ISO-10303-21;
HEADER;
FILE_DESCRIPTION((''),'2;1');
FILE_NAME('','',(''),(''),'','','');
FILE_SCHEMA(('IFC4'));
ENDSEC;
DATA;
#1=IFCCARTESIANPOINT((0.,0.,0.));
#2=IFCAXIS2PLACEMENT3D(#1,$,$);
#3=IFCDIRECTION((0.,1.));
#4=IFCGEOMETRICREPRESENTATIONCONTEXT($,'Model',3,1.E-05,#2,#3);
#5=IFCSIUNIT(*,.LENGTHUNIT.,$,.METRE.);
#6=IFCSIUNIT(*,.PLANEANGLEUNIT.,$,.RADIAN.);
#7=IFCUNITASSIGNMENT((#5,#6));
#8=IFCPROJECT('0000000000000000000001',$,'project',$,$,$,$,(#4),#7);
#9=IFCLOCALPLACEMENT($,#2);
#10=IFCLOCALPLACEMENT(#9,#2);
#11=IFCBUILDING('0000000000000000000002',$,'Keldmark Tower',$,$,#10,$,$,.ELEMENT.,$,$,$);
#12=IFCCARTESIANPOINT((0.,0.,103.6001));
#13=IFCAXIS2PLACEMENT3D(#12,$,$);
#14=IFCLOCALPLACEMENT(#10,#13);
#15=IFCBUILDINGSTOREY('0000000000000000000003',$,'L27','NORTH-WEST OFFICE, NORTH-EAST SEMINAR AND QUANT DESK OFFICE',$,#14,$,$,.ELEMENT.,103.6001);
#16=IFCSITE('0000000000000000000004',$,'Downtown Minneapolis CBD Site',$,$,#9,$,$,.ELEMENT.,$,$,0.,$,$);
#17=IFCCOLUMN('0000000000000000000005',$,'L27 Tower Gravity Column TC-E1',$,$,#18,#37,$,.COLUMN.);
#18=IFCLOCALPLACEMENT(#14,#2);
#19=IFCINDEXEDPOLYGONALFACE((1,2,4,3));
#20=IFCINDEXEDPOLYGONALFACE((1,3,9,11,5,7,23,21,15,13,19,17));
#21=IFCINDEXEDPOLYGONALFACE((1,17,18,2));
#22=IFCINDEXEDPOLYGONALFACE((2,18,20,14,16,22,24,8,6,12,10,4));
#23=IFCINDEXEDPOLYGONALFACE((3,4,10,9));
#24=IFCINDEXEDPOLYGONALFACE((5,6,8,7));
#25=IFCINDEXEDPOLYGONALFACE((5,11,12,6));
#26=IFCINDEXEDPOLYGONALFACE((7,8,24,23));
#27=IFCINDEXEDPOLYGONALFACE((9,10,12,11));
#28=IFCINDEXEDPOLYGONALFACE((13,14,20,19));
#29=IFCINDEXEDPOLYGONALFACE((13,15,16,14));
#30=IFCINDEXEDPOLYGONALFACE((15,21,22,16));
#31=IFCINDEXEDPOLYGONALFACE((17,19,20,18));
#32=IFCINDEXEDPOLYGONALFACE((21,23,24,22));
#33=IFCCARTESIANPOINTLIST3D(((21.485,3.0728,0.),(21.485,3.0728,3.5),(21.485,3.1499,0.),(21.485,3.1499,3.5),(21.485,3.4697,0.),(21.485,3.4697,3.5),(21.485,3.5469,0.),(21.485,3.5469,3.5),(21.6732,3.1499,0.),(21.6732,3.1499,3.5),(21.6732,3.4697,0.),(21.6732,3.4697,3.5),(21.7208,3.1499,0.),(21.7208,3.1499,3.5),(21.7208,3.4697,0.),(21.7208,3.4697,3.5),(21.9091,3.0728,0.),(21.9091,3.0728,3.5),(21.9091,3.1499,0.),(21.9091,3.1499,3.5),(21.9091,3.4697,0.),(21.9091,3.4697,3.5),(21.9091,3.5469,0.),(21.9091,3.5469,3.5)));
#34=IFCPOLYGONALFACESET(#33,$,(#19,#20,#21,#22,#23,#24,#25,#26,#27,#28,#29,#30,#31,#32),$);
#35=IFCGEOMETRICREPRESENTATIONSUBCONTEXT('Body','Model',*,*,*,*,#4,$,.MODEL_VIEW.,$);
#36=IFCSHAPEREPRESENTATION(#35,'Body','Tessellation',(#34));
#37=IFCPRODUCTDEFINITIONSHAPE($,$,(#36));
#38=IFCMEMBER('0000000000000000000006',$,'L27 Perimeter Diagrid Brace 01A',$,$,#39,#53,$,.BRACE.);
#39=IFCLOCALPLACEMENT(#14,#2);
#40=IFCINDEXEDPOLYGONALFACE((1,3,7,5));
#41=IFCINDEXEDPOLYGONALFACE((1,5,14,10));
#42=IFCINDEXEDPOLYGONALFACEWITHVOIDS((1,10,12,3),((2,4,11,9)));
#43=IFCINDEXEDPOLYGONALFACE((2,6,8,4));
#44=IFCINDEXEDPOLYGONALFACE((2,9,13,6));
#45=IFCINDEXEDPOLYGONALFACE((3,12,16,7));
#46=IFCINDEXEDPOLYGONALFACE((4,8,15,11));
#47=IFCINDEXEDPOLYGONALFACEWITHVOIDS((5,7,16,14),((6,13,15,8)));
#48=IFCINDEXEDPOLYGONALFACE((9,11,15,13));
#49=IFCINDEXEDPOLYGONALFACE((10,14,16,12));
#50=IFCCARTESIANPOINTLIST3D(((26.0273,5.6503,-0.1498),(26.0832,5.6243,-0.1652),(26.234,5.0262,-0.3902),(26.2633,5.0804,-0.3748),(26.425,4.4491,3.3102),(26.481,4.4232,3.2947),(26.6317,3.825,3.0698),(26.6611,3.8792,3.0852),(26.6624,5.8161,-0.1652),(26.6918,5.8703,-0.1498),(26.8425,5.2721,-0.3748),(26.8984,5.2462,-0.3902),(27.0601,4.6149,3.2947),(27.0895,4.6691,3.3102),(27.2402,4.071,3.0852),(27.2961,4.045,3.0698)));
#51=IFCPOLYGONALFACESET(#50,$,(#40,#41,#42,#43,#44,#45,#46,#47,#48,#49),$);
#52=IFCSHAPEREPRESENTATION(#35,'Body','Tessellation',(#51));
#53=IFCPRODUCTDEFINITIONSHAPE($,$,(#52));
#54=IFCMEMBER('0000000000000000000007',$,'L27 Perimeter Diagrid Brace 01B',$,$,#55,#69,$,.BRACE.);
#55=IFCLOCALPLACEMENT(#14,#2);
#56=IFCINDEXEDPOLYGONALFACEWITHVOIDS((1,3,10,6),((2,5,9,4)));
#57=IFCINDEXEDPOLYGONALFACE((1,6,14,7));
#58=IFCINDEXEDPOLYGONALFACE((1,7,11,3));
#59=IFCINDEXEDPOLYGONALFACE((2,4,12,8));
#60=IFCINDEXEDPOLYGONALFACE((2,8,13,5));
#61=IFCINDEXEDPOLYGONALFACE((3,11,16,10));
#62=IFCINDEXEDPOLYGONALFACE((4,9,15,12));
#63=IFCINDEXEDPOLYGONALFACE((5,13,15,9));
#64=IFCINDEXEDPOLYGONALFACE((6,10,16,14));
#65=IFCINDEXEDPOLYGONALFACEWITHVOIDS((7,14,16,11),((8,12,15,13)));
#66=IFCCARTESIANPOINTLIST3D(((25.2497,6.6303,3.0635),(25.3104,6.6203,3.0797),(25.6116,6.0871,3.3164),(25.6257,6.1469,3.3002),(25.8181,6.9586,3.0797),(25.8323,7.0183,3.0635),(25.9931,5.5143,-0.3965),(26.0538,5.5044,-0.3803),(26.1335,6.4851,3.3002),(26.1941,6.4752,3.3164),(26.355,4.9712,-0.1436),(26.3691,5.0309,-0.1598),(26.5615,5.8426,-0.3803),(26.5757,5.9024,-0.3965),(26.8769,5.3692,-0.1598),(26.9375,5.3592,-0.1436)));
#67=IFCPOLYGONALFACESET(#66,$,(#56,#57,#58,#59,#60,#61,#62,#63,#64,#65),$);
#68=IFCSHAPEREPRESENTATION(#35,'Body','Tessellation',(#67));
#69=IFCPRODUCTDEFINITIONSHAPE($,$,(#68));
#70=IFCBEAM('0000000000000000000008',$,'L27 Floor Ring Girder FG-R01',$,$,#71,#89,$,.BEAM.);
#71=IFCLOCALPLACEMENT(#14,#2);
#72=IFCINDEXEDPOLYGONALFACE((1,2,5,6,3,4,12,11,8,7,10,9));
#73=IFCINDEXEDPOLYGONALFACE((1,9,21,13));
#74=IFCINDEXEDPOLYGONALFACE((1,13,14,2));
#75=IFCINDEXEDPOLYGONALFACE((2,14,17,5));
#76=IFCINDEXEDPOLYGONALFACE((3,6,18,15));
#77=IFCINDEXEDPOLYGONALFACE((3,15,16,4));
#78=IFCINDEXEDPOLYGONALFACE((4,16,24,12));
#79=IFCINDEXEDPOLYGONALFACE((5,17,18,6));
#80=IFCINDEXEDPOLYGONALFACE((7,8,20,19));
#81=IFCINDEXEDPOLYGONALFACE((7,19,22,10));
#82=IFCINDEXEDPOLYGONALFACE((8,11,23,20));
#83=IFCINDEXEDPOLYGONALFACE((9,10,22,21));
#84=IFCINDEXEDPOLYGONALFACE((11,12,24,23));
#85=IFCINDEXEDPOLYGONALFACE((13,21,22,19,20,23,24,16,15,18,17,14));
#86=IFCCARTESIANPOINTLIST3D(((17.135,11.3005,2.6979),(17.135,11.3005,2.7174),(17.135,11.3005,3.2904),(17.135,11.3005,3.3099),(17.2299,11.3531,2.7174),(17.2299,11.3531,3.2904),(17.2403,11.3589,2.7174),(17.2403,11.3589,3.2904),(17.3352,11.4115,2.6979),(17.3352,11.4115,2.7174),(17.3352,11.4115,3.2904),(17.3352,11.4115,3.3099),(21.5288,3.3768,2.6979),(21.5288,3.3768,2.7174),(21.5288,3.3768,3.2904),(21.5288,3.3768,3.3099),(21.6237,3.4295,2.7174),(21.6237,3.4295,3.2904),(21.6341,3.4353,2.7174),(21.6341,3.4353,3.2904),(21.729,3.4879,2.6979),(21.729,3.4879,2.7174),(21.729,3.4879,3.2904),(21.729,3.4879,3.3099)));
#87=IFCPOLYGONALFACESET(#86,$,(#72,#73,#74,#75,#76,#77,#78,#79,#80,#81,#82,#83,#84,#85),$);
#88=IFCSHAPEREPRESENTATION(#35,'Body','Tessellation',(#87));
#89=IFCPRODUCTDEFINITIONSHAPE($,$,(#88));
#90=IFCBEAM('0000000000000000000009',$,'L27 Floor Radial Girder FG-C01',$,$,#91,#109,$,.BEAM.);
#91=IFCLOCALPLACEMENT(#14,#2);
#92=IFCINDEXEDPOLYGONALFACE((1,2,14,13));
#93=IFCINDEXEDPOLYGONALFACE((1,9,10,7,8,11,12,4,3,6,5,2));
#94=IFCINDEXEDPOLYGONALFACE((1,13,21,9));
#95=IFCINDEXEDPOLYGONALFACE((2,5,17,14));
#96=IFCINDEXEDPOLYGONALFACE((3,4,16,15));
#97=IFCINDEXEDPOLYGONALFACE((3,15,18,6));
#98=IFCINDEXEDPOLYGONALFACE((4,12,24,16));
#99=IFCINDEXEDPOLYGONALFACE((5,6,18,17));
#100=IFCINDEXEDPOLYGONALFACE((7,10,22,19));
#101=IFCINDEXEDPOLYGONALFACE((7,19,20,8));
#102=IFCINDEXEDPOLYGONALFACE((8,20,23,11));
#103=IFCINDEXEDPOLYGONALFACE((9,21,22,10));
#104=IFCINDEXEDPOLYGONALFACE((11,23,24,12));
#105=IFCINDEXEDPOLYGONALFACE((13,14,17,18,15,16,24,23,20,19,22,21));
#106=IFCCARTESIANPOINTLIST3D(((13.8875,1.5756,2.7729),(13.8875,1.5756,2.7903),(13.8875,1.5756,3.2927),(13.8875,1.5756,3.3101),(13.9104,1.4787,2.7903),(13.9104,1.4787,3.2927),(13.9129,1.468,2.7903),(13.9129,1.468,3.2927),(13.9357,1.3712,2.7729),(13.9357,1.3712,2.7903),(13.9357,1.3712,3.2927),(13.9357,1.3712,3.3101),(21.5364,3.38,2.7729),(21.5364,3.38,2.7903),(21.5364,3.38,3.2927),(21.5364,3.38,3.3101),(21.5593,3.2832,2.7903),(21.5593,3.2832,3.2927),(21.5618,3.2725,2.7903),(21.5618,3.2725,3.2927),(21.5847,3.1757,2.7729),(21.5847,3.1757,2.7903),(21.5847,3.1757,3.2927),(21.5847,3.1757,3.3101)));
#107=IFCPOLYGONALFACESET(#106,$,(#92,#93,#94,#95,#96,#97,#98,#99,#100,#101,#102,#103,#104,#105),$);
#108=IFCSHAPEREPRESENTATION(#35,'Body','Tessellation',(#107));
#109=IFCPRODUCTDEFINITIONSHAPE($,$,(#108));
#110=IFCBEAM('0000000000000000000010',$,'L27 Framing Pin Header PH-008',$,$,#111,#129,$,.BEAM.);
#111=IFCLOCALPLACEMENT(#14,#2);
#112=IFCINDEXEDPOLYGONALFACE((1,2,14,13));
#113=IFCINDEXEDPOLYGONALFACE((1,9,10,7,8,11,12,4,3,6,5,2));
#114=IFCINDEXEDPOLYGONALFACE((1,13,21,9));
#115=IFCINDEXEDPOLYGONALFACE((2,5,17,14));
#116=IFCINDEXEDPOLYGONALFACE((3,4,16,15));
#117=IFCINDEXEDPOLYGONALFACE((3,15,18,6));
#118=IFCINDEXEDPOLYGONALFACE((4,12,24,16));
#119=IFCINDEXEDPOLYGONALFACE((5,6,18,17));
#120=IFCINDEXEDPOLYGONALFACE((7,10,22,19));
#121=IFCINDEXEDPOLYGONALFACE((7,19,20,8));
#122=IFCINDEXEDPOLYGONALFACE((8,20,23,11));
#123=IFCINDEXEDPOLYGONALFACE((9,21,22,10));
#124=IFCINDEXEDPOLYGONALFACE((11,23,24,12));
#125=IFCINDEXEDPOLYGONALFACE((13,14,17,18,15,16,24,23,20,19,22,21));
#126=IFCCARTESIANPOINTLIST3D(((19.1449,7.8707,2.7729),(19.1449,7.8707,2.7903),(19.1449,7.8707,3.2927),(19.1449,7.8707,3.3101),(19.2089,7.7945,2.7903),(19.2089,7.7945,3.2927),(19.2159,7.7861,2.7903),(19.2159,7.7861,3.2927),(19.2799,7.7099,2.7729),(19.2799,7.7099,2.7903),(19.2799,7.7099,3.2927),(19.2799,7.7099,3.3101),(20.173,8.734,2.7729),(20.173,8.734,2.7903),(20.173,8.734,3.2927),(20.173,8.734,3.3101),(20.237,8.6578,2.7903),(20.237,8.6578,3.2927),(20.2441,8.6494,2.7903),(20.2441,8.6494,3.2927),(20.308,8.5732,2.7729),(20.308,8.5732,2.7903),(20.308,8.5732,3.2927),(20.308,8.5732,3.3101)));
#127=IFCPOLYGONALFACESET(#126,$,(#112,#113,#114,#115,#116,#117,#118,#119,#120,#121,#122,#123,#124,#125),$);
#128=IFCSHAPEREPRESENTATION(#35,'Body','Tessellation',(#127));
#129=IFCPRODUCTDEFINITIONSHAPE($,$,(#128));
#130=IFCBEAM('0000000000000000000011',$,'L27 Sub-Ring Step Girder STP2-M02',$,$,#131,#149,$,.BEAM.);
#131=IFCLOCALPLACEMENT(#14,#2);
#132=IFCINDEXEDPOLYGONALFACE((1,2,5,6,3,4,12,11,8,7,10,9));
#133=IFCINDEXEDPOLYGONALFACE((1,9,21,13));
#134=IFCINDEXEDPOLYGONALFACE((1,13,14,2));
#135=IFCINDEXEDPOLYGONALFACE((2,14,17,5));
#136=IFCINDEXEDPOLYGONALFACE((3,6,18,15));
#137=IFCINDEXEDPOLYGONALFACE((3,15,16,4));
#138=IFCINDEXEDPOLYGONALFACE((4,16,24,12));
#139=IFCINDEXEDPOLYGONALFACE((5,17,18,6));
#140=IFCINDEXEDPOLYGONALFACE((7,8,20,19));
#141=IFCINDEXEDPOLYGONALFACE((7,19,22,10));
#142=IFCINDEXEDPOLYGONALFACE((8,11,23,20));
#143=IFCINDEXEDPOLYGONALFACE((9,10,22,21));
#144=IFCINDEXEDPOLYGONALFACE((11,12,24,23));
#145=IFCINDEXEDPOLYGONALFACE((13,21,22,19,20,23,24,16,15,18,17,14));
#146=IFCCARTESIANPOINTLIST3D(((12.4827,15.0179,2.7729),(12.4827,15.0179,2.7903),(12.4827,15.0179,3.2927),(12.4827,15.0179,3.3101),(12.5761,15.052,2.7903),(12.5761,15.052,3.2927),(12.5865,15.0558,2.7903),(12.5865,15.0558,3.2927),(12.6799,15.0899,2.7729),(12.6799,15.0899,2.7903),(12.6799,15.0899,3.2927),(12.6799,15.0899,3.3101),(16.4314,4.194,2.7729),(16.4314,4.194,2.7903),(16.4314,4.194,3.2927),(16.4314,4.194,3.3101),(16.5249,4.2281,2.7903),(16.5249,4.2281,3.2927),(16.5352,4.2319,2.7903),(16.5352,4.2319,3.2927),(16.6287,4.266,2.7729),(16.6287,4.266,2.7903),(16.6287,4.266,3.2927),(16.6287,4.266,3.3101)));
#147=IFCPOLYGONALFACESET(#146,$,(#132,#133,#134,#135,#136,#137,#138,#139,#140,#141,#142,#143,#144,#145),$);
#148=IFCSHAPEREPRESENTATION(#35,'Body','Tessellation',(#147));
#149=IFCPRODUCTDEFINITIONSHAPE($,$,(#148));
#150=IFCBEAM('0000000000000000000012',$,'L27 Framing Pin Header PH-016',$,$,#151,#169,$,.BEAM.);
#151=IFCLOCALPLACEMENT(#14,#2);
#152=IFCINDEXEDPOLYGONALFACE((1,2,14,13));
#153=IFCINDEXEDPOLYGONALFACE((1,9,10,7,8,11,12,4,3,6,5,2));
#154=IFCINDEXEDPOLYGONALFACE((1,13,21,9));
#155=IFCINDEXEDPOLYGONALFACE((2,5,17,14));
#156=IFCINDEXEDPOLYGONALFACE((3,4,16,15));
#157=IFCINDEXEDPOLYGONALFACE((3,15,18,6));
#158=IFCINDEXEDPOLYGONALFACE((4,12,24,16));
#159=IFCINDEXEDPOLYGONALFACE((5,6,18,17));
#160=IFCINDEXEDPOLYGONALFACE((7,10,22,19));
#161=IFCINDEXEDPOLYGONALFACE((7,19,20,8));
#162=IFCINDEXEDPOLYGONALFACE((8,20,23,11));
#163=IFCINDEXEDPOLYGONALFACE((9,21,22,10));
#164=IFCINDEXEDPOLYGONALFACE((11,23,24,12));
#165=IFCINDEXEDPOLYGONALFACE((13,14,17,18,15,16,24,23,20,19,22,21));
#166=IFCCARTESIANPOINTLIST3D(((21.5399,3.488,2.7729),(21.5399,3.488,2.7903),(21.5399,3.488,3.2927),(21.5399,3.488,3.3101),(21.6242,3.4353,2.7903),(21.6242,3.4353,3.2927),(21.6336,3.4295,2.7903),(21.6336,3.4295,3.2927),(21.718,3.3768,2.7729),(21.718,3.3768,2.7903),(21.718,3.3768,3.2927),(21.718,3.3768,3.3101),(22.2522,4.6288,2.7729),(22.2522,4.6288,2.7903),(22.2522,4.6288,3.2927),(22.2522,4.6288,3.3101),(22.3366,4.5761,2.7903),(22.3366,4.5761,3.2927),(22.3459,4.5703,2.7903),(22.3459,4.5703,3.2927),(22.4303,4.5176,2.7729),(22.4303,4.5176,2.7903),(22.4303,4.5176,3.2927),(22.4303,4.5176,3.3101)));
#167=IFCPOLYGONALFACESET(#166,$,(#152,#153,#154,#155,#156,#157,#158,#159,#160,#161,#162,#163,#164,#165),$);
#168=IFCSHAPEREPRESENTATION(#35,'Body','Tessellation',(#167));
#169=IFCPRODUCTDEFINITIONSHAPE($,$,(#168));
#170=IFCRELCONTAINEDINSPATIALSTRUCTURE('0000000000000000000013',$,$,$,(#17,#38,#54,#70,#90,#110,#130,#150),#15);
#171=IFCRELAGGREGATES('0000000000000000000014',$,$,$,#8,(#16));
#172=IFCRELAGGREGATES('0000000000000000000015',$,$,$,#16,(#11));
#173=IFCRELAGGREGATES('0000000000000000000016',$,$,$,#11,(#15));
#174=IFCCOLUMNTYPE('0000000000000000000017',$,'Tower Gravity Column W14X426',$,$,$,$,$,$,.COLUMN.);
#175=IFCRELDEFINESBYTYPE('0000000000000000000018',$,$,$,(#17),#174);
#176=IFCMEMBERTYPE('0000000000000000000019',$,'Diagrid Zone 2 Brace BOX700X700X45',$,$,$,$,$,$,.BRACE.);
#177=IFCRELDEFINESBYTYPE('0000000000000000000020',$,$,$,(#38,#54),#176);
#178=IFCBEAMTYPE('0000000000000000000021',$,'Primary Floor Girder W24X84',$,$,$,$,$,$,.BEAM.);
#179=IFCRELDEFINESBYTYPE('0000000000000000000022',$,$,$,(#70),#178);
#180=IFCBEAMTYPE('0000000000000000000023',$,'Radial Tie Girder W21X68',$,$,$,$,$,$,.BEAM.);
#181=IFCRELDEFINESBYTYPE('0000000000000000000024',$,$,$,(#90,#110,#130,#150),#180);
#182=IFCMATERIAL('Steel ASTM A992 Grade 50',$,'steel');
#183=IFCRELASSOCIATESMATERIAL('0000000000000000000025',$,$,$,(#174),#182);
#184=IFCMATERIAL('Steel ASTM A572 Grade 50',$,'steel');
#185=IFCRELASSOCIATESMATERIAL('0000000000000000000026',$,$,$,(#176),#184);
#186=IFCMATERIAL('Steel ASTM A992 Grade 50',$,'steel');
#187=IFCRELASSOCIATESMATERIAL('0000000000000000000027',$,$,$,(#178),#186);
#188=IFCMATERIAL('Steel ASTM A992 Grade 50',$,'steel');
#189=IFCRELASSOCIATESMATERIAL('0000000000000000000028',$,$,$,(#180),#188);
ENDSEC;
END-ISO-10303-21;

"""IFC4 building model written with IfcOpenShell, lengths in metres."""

from ifc_helpers import new_model, si_unit, direction, frame, origin, origin_2d, place, context, subcontext, project, spatial, hollow_rectangle, i_section, extrude, material, material_profile, profile_set, type_object, element, save


model = new_model("IFC4")

# Units and contexts
model_context = context("Model", 3, precision=1e-05, world=origin(), true_north=direction((0.0, 1.0)))
body_context = subcontext(model_context, "Body", "Model", "MODEL_VIEW")
ifc_project = project(units=[si_unit("LENGTHUNIT", "METRE"), si_unit("PLANEANGLEUNIT", "RADIAN")], contexts=[model_context])

# Site, building, storey
site_placement = place(None, origin())
site = spatial("IfcSite", under=ifc_project, at=site_placement, Name="Downtown Minneapolis CBD Site", CompositionType="ELEMENT", RefElevation=0.0)
building_placement = place(site_placement, origin())
building = spatial("IfcBuilding", under=site, at=building_placement, Name="Keldmark Tower", CompositionType="ELEMENT")
storey_placement = place(building_placement, frame((0.0, 0.0, 103.6001)))
storey = spatial("IfcBuildingStorey", under=building, at=storey_placement, Name="L27", Description="NORTH-WEST OFFICE, NORTH-EAST SEMINAR AND QUANT DESK OFFICE", CompositionType="ELEMENT", Elevation=103.6001)

# Column
ifc_material_1 = material(Name="Steel ASTM A992 Grade 50", Category="steel")
ifc_material_profile_1 = material_profile(ifc_material_1, i_section(OverallWidth=0.4241, OverallDepth=0.4741, WebThickness=0.0476, FlangeThickness=0.0771, at=origin_2d()), Name="W14X426")
ifc_profile_set_1 = profile_set([ifc_material_profile_1], Name="Steel ASTM A992 Grade 50")
column_type = type_object("IfcColumnType", Name="Tower Gravity Column W14X426", PredefinedType="COLUMN", material=ifc_profile_set_1)
column_placement = place(storey_placement, frame((21.697, 3.3098, 0.0), z_axis=(0.0, 0.0, 1.0), x_axis=(1.0, 0.0, 0.0)))
element("IfcColumn", 1, at=column_placement, inside=storey, type_object=column_type, Name="L27 Tower Gravity Column TC-E1", PredefinedType="COLUMN", context=body_context, shape_type="SweptSolid", body=[
    extrude(i_section(OverallWidth=0.4241, OverallDepth=0.4741, WebThickness=0.0476, FlangeThickness=0.0771, at=origin_2d()), origin(), (0.0, 0.0, 1.0), 3.5),
])

# Members
ifc_material_2 = material(Name="Steel ASTM A572 Grade 50", Category="steel")
ifc_material_profile_2 = material_profile(ifc_material_2, hollow_rectangle(XDim=0.7, YDim=0.7, WallThickness=0.0449, at=origin_2d()), Name="BOX700X700X45")
ifc_profile_set_2 = profile_set([ifc_material_profile_2], Name="Steel ASTM A572 Grade 50")
member_type = type_object("IfcMemberType", Name="Diagrid Zone 2 Brace BOX700X700X45", PredefinedType="BRACE", material=ifc_profile_set_2)
member_1_placement = place(storey_placement, frame((26.4629, 5.4482, -0.27), z_axis=(0.107953, -0.326046, 0.93917), x_axis=(0.949318, 0.314317, 0.0)))
element("IfcMember", 2, at=member_1_placement, inside=storey, type_object=member_type, Name="L27 Perimeter Diagrid Brace 01A", PredefinedType="BRACE", context=body_context, shape_type="SweptSolid", body=[
    extrude(hollow_rectangle(XDim=0.7, YDim=0.7, WallThickness=0.0449, at=origin_2d()), origin(), (0.0, 0.0, 1.0), 3.6841),
])
member_2_placement = place(storey_placement, frame((26.4653, 5.4368, -0.27), z_axis=(-0.200341, 0.300742, 0.932426), x_axis=(-0.832246, -0.554406, 0.0)))
element("IfcMember", 3, at=member_2_placement, inside=storey, type_object=member_type, Name="L27 Perimeter Diagrid Brace 01B", PredefinedType="BRACE", context=body_context, shape_type="SweptSolid", body=[
    extrude(hollow_rectangle(XDim=0.7, YDim=0.7, WallThickness=0.0449, at=origin_2d()), origin(), (0.0, 0.0, 1.0), 3.7107),
])

# Beams
ifc_material_3 = material(Name="Steel ASTM A992 Grade 50", Category="steel")
ifc_material_profile_3 = material_profile(ifc_material_3, i_section(OverallWidth=0.229, OverallDepth=0.6121, WebThickness=0.012, FlangeThickness=0.0195, at=origin_2d()), Name="W24X84")
ifc_profile_set_3 = profile_set([ifc_material_profile_3], Name="Steel ASTM A992 Grade 50")
beam_type_1 = type_object("IfcBeamType", Name="Primary Floor Girder W24X84", PredefinedType="BEAM", material=ifc_profile_set_3)
beam_1_placement = place(storey_placement, frame((21.6289, 3.4324, 3.0039), z_axis=(-0.484952, 0.874541, 0.0), x_axis=(-0.874541, -0.484952, 0.0)))
element("IfcBeam", 4, at=beam_1_placement, inside=storey, type_object=beam_type_1, Name="L27 Floor Ring Girder FG-R01", PredefinedType="BEAM", context=body_context, shape_type="SweptSolid", body=[
    extrude(i_section(OverallWidth=0.229, OverallDepth=0.6121, WebThickness=0.012, FlangeThickness=0.0195, at=origin_2d()), origin(), (0.0, 0.0, 1.0), 9.0603),
])
ifc_material_4 = material(Name="Steel ASTM A992 Grade 50", Category="steel")
ifc_material_profile_4 = material_profile(ifc_material_4, i_section(OverallWidth=0.21, OverallDepth=0.5371, WebThickness=0.011, FlangeThickness=0.0173, at=origin_2d()), Name="W21X68")
ifc_profile_set_4 = profile_set([ifc_material_profile_4], Name="Steel ASTM A992 Grade 50")
beam_type_2 = type_object("IfcBeamType", Name="Radial Tie Girder W21X68", PredefinedType="BEAM", material=ifc_profile_set_4)
beam_2_placement = place(storey_placement, frame((21.5605, 3.2778, 3.0415), z_axis=(-0.973284, -0.229606, 0.0), x_axis=(0.229606, -0.973284, 0.0)))
element("IfcBeam", 5, at=beam_2_placement, inside=storey, type_object=beam_type_2, Name="L27 Floor Radial Girder FG-C01", PredefinedType="BEAM", context=body_context, shape_type="SweptSolid", body=[
    extrude(i_section(OverallWidth=0.21, OverallDepth=0.5371, WebThickness=0.011, FlangeThickness=0.0173, at=origin_2d()), origin(), (0.0, 0.0, 1.0), 7.8589),
])
beam_3_placement = place(storey_placement, frame((19.2124, 7.7903, 3.0415), z_axis=(0.765816, 0.64306, 0.0), x_axis=(-0.64306, 0.765816, 0.0)))
element("IfcBeam", 6, at=beam_3_placement, inside=storey, type_object=beam_type_2, Name="L27 Framing Pin Header PH-008", PredefinedType="BEAM", context=body_context, shape_type="SweptSolid", body=[
    extrude(i_section(OverallWidth=0.21, OverallDepth=0.5371, WebThickness=0.011, FlangeThickness=0.0173, at=origin_2d()), origin(), (0.0, 0.0, 1.0), 1.3425),
])
beam_4_placement = place(storey_placement, frame((16.53, 4.23, 3.0415), z_axis=(-0.342719, 0.939438, 0.0), x_axis=(-0.939438, -0.342719, 0.0)))
element("IfcBeam", 7, at=beam_4_placement, inside=storey, type_object=beam_type_2, Name="L27 Sub-Ring Step Girder STP2-M02", PredefinedType="BEAM", context=body_context, shape_type="SweptSolid", body=[
    extrude(i_section(OverallWidth=0.21, OverallDepth=0.5371, WebThickness=0.011, FlangeThickness=0.0173, at=origin_2d()), origin(), (0.0, 0.0, 1.0), 11.5217),
])
beam_5_placement = place(storey_placement, frame((21.6289, 3.4324, 3.0415), z_axis=(0.529656, 0.848212, 0.0), x_axis=(-0.848212, 0.529656, 0.0)))
element("IfcBeam", 8, at=beam_5_placement, inside=storey, type_object=beam_type_2, Name="L27 Framing Pin Header PH-016", PredefinedType="BEAM", context=body_context, shape_type="SweptSolid", body=[
    extrude(i_section(OverallWidth=0.21, OverallDepth=0.5371, WebThickness=0.011, FlangeThickness=0.0173, at=origin_2d()), origin(), (0.0, 0.0, 1.0), 1.345),
])

save(model, "model.ifc")
